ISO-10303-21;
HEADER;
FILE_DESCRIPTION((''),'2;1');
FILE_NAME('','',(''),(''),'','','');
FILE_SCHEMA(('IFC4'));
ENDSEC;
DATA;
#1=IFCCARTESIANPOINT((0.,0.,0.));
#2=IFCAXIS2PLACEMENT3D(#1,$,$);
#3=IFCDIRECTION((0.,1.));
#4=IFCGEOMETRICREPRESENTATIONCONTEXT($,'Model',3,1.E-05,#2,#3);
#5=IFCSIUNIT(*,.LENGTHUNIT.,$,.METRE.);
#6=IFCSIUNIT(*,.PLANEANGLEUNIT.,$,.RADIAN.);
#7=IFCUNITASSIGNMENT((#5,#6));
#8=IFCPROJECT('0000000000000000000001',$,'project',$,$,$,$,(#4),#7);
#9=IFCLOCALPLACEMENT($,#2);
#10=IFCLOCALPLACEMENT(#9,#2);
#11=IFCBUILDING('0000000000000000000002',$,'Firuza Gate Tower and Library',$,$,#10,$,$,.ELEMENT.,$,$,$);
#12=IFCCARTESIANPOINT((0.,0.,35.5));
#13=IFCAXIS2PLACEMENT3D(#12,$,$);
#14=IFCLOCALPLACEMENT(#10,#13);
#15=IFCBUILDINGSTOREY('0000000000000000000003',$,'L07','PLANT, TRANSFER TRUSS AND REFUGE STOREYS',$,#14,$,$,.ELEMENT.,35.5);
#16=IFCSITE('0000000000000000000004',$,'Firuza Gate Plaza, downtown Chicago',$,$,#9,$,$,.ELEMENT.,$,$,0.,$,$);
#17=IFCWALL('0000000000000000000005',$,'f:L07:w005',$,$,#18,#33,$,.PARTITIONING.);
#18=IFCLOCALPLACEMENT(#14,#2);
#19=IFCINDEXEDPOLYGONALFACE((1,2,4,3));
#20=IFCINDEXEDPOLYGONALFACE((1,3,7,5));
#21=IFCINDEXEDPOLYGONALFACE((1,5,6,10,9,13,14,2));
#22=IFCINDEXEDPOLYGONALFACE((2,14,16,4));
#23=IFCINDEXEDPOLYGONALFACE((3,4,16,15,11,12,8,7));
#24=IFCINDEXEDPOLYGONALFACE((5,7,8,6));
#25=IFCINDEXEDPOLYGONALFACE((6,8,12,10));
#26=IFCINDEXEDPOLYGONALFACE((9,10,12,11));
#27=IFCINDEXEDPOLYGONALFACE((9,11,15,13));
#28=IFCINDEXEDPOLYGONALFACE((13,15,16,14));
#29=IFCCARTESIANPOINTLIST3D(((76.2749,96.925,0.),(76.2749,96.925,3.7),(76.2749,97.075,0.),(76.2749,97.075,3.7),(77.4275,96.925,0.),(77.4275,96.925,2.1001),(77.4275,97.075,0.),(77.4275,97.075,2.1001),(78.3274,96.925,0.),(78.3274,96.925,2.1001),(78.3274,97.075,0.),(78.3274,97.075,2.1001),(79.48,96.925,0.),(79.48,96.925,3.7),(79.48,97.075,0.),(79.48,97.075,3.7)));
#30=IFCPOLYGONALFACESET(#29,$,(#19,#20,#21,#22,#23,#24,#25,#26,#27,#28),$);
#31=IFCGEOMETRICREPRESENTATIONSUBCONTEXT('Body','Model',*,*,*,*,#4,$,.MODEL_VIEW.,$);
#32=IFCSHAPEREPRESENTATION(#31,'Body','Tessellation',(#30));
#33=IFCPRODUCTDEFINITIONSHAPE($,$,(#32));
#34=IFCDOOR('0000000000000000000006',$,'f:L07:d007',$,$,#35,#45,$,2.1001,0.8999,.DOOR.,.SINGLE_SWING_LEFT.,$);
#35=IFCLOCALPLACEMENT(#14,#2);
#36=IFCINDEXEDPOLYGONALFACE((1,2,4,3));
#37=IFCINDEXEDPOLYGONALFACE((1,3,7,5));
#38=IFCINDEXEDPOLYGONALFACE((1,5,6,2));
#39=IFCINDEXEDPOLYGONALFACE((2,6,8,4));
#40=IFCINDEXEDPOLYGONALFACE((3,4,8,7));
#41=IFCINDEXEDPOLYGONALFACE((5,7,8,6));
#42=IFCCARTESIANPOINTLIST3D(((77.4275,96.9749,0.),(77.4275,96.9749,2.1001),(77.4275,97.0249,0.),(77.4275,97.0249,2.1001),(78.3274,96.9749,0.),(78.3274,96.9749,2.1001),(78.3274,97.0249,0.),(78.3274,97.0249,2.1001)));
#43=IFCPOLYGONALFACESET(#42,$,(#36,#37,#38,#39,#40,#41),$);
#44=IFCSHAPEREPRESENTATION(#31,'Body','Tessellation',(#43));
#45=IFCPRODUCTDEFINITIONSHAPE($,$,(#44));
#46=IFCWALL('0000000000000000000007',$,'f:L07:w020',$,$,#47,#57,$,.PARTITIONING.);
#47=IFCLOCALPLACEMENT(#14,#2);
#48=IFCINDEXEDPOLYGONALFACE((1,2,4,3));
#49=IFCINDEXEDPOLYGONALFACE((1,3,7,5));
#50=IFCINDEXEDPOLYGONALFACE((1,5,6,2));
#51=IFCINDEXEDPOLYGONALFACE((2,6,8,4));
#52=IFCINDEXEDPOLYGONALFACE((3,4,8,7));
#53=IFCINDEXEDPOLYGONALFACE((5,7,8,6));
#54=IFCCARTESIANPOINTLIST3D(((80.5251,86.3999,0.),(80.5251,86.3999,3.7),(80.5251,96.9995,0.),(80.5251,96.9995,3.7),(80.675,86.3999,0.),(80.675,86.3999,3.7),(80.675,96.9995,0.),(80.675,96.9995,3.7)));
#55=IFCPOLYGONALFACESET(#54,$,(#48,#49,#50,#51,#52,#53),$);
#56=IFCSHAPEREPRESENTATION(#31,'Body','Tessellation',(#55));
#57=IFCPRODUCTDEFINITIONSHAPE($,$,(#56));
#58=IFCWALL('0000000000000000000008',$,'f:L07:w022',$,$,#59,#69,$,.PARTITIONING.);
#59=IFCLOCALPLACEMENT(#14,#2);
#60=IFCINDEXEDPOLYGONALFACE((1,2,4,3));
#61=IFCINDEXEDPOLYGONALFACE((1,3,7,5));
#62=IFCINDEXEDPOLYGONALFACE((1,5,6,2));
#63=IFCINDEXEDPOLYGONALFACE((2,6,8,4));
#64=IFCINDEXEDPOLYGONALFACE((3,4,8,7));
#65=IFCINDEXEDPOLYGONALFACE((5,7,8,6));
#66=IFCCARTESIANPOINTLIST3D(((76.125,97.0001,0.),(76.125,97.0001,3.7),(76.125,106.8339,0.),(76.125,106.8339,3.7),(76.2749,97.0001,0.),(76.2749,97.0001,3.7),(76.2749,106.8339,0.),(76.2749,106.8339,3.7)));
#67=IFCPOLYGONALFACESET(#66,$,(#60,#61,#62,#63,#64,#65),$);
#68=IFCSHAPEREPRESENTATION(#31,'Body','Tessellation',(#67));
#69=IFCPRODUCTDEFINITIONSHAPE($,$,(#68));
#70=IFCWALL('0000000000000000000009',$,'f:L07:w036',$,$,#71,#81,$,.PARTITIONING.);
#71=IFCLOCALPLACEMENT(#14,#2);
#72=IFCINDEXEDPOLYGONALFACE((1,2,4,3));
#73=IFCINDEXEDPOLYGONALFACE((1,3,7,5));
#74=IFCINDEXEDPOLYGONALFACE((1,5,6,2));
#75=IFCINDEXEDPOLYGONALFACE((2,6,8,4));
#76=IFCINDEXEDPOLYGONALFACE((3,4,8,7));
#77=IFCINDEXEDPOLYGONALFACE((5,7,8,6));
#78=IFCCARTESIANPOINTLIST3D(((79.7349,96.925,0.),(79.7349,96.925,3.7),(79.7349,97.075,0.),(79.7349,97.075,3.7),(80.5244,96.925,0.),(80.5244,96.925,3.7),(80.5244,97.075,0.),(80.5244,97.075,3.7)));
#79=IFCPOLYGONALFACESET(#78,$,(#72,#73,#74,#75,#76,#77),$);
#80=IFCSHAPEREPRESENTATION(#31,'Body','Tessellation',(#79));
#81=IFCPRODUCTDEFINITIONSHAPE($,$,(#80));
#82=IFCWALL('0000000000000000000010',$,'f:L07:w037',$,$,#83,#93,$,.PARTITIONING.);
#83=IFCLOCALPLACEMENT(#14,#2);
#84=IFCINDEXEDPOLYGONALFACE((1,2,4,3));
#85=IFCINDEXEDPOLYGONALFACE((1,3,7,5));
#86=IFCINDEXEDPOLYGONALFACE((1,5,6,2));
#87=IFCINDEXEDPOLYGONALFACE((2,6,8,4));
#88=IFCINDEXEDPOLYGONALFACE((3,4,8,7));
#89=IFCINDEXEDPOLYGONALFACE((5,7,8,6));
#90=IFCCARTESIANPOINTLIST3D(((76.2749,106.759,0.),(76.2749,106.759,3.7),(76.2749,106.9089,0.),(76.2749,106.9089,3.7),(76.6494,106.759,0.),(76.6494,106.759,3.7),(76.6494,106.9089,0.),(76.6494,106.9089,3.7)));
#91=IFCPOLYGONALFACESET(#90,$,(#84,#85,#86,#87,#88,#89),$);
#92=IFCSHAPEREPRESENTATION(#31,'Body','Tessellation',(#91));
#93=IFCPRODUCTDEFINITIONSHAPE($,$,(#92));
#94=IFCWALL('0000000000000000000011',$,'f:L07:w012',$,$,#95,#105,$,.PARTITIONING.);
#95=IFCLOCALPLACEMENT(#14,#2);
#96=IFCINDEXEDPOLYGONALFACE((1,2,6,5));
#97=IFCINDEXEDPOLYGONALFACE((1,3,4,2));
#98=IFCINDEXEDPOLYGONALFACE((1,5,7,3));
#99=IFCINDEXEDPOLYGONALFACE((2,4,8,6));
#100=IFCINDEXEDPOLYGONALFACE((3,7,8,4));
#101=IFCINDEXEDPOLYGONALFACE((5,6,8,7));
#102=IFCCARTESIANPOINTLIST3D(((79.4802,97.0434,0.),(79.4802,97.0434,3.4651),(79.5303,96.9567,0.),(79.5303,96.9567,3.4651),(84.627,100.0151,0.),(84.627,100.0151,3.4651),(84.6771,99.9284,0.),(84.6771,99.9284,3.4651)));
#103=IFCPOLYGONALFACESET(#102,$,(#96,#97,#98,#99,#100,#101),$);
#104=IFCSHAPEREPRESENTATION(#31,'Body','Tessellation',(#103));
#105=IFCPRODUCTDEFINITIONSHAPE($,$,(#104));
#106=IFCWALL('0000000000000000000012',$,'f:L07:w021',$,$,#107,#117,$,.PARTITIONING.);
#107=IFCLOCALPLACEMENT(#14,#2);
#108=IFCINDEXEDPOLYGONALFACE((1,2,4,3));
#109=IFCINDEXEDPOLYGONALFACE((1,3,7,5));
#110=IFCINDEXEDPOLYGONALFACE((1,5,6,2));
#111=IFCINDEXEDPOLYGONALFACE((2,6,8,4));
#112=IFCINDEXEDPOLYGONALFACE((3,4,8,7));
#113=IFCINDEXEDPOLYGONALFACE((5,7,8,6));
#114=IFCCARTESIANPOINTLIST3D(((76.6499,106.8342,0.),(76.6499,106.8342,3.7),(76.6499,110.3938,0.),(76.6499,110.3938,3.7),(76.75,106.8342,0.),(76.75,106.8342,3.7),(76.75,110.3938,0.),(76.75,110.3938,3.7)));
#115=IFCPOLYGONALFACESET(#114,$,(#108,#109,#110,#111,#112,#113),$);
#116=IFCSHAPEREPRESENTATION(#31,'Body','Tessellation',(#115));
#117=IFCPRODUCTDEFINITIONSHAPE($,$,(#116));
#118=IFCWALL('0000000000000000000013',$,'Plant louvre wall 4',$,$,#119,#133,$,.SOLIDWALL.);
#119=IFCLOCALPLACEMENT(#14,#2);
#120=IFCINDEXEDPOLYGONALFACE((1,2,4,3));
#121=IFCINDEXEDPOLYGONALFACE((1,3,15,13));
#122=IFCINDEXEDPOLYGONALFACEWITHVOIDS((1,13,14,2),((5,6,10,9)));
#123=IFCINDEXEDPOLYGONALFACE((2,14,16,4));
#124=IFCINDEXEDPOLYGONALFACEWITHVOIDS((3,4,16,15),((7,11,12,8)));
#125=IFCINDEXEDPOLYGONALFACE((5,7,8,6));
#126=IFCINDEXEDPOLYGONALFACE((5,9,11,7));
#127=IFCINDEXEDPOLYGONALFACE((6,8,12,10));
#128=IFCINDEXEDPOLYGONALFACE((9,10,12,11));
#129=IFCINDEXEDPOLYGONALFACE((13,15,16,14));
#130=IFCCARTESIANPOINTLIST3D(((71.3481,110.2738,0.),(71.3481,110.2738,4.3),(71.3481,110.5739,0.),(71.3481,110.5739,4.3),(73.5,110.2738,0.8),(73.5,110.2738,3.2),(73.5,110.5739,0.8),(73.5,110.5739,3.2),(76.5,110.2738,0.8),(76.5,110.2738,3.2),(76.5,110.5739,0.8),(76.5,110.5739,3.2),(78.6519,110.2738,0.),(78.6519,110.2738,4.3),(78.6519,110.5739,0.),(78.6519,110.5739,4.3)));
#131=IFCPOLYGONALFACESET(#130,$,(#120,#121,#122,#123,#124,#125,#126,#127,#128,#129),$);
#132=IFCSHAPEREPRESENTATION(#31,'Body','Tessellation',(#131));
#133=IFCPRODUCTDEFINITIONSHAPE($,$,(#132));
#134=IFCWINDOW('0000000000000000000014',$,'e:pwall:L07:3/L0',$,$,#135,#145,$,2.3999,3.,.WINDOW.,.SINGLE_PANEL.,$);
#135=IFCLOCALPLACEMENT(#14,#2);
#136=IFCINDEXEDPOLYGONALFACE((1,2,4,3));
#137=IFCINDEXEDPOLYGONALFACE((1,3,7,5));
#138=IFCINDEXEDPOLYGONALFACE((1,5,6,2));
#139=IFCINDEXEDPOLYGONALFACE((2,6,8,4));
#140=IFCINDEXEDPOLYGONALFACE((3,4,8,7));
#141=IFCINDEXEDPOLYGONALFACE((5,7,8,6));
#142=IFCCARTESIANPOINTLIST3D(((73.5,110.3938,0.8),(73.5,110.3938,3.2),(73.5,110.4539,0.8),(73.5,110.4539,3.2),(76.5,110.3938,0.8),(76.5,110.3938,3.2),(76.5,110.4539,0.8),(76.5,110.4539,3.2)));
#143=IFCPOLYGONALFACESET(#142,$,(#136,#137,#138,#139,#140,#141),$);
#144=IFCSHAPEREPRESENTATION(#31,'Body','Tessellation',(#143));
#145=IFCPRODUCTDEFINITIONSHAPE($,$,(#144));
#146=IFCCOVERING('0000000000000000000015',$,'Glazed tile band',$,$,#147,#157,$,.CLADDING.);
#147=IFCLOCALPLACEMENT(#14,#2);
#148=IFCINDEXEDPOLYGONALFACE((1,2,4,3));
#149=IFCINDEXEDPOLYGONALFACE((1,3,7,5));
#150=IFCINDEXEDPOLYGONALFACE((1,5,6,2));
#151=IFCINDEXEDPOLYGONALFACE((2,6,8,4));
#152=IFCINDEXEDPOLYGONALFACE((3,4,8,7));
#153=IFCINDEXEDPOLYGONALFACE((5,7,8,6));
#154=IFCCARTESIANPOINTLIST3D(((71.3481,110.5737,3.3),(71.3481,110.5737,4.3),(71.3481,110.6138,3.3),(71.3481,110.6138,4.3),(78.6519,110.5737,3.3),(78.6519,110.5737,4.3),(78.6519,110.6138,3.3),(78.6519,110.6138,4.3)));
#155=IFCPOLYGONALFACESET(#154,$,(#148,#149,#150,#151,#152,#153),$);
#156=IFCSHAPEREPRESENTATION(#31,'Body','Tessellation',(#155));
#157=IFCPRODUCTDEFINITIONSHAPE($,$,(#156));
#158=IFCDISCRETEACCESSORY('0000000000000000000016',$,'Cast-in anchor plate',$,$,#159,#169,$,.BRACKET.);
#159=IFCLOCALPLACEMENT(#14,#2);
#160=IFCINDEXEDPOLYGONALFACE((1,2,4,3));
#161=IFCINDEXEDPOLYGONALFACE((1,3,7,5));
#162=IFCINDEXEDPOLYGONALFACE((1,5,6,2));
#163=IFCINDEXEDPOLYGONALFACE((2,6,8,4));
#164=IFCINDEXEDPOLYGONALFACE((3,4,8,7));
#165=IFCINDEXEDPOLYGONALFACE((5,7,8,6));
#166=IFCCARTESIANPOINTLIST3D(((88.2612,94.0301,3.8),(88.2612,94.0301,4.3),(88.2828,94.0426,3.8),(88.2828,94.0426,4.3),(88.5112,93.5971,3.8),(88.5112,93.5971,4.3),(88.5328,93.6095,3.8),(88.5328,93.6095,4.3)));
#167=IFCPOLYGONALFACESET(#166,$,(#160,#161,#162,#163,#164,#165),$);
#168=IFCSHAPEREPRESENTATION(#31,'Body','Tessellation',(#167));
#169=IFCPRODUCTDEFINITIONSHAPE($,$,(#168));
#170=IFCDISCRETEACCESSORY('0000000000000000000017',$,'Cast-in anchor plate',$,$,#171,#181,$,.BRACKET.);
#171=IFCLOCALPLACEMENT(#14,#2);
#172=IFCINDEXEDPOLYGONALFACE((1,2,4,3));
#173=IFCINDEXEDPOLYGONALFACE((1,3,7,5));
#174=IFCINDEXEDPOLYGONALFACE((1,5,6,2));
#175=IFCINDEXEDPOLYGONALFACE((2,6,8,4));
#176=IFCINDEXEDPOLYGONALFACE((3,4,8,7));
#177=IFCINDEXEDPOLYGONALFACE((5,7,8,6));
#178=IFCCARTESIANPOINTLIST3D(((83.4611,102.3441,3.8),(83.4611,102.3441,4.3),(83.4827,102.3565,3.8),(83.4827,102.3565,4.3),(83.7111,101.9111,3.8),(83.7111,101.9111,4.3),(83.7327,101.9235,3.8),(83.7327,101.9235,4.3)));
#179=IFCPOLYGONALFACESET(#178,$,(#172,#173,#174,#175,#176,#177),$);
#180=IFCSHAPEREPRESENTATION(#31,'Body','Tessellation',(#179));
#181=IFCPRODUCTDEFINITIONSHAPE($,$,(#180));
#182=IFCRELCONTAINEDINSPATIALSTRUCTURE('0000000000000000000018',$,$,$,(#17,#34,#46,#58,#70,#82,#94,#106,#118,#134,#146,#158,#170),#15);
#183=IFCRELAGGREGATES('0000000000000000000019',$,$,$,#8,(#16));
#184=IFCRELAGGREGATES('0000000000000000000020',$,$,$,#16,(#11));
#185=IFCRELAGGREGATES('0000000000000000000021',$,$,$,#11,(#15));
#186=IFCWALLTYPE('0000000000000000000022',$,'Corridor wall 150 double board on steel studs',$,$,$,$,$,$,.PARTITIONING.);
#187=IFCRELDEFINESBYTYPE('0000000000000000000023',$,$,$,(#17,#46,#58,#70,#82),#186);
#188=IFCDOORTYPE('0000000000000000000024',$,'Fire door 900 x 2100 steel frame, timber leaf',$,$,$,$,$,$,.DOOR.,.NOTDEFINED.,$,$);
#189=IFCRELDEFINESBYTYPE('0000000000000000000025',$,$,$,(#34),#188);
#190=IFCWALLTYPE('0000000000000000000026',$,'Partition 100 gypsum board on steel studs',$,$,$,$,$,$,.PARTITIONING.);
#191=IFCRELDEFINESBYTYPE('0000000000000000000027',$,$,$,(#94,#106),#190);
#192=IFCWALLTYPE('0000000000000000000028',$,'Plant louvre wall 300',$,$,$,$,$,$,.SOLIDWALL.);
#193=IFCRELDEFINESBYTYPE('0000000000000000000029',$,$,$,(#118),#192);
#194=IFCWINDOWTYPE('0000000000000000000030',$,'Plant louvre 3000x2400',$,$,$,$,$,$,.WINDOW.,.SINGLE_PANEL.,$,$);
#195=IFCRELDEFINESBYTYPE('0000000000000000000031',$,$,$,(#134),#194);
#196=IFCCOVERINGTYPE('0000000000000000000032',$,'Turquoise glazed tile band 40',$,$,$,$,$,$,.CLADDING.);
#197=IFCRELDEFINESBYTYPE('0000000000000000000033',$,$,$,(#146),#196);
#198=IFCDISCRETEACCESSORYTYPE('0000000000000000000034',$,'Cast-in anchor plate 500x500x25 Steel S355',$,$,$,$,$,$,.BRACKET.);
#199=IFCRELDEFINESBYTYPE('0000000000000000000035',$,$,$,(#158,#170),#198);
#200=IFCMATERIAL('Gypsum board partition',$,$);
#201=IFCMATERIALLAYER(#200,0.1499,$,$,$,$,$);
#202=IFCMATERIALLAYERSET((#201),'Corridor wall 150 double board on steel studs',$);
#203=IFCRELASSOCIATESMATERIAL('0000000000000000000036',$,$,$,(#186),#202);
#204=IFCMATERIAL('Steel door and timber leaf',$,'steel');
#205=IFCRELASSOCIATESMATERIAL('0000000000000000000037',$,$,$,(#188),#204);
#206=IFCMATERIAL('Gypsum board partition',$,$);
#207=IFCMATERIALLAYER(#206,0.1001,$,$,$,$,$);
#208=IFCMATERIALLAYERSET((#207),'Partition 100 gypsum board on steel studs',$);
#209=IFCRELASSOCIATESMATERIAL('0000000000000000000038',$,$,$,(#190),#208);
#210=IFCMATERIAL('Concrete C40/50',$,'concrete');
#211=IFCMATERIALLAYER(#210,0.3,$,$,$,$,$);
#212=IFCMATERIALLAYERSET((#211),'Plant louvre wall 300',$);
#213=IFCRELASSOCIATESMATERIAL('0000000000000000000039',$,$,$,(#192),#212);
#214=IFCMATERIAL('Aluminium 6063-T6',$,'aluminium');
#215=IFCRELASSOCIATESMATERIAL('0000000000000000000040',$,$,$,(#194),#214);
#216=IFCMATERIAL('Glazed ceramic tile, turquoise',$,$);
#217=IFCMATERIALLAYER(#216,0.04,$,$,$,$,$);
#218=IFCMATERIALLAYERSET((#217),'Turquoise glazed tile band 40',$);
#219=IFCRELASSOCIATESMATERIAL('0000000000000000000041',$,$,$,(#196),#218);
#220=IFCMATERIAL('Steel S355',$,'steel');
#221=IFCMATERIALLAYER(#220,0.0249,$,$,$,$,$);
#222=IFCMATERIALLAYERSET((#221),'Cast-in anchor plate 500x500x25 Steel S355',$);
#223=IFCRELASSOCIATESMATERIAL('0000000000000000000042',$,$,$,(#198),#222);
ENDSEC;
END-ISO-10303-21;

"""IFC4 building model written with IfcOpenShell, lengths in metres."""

from ifc_helpers import new_model, si_unit, direction, frame, frame_2d, origin, origin_2d, place, context, subcontext, project, spatial, polyline, rectangle, outline, extrude, material, layer, layer_set, type_object, element, fill, save


model = new_model("IFC4")

# Units and contexts
model_context = context("Model", 3, precision=1e-05, world=origin(), true_north=direction((0.0, 1.0)))
body_context = subcontext(model_context, "Body", "Model", "MODEL_VIEW")
ifc_project = project(units=[si_unit("LENGTHUNIT", "METRE"), si_unit("PLANEANGLEUNIT", "RADIAN")], contexts=[model_context])

# Site, building, storey
site_placement = place(None, origin())
site = spatial("IfcSite", under=ifc_project, at=site_placement, Name="Firuza Gate Plaza, downtown Chicago", CompositionType="ELEMENT", RefElevation=0.0)
building_placement = place(site_placement, origin())
building = spatial("IfcBuilding", under=site, at=building_placement, Name="Firuza Gate Tower and Library", CompositionType="ELEMENT")
storey_placement = place(building_placement, frame((0.0, 0.0, 35.5)))
storey = spatial("IfcBuildingStorey", under=building, at=storey_placement, Name="L07", Description="PLANT, TRANSFER TRUSS AND REFUGE STOREYS", CompositionType="ELEMENT", Elevation=35.5)

# Wall, opening, door
ifc_material_1 = material(Name="Gypsum board partition")
ifc_layer_1 = layer(ifc_material_1, 0.1499)
ifc_layer_set_1 = layer_set([ifc_layer_1], Name="Corridor wall 150 double board on steel studs")
wall_type_1 = type_object("IfcWallType", Name="Corridor wall 150 double board on steel studs", PredefinedType="PARTITIONING", material=ifc_layer_set_1)
ifc_material_2 = material(Name="Steel door and timber leaf", Category="steel")
door_type_1 = type_object("IfcDoorType", Name="Fire door 900 x 2100 steel frame, timber leaf", OperationType="NOTDEFINED", PredefinedType="DOOR", material=ifc_material_2)
wall_1_placement = place(storey_placement, frame((76.2749, 97.0, 0.0), z_axis=(0.0, 0.0, 1.0), x_axis=(1.0, 0.0, 0.0)))
wall_1 = element("IfcWall", 1, at=wall_1_placement, inside=storey, type_object=wall_type_1, Name="f:L07:w005", PredefinedType="PARTITIONING", context=body_context, shape_type="SweptSolid", body=[
    extrude(rectangle(XDim=3.2051, YDim=0.1499, at=frame_2d((1.6025, 0.0))), origin(), (0.0, 0.0, 1.0), 3.7),
])
opening_1_placement = place(wall_1_placement, frame((1.1526, 0.0, 0.0)))
opening_1 = element("IfcOpeningElement", 2, at=opening_1_placement, cuts=wall_1, PredefinedType="OPENING", context=body_context, shape_type="SweptSolid", body=[
    extrude(rectangle(XDim=0.8999, YDim=2.1001, at=frame_2d((0.45, 1.05))), frame((0.0, 0.085, 0.0), z_axis=(0.0, -1.0, 0.0), x_axis=(1.0, 0.0, 0.0)), (0.0, 0.0, 1.0), 0.1699),
])
door_1_placement = place(opening_1_placement, origin())
door_1 = element("IfcDoor", 3, at=door_1_placement, inside=storey, type_object=door_type_1, Name="f:L07:d007", OperationType="SINGLE_SWING_LEFT", OverallHeight=2.1001, OverallWidth=0.8999, PredefinedType="DOOR", context=body_context, shape_type="SweptSolid", body=[
    extrude(rectangle(XDim=0.8999, YDim=2.1001, at=frame_2d((0.45, 1.05))), frame((0.0, 0.0249, 0.0), z_axis=(0.0, -1.0, 0.0), x_axis=(1.0, 0.0, 0.0)), (0.0, 0.0, 1.0), 0.05),
])
fill(opening_1, door_1)

# Walls
wall_2_placement = place(storey_placement, frame((80.6001, 86.3999, 0.0), z_axis=(0.0, 0.0, 1.0), x_axis=(0.0, 1.0, 0.0)))
element("IfcWall", 4, at=wall_2_placement, inside=storey, type_object=wall_type_1, Name="f:L07:w020", PredefinedType="PARTITIONING", context=body_context, shape_type="SweptSolid", body=[
    extrude(rectangle(XDim=10.5996, YDim=0.1499, at=frame_2d((5.2998, 0.0))), origin(), (0.0, 0.0, 1.0), 3.7),
])
wall_3_placement = place(storey_placement, frame((76.2, 97.0, 0.0), z_axis=(0.0, 0.0, 1.0), x_axis=(0.0, 1.0, 0.0)))
element("IfcWall", 5, at=wall_3_placement, inside=storey, type_object=wall_type_1, Name="f:L07:w022", PredefinedType="PARTITIONING", context=body_context, shape_type="SweptSolid", body=[
    extrude(rectangle(XDim=9.8337, YDim=0.1499, at=frame_2d((4.917, 0.0))), origin(), (0.0, 0.0, 1.0), 3.7),
])
wall_4_placement = place(storey_placement, frame((79.7349, 97.0, 0.0), z_axis=(0.0, 0.0, 1.0), x_axis=(1.0, 0.0, 0.0)))
element("IfcWall", 6, at=wall_4_placement, inside=storey, type_object=wall_type_1, Name="f:L07:w036", PredefinedType="PARTITIONING", context=body_context, shape_type="SweptSolid", body=[
    extrude(rectangle(XDim=0.7896, YDim=0.1499, at=frame_2d((0.3948, 0.0))), origin(), (0.0, 0.0, 1.0), 3.7),
])
wall_5_placement = place(storey_placement, frame((76.2749, 106.834, 0.0), z_axis=(0.0, 0.0, 1.0), x_axis=(1.0, 0.0, 0.0)))
element("IfcWall", 7, at=wall_5_placement, inside=storey, type_object=wall_type_1, Name="f:L07:w037", PredefinedType="PARTITIONING", context=body_context, shape_type="SweptSolid", body=[
    extrude(rectangle(XDim=0.3745, YDim=0.1499, at=frame_2d((0.1873, 0.0))), origin(), (0.0, 0.0, 1.0), 3.7),
])
ifc_material_3 = material(Name="Gypsum board partition")
ifc_layer_2 = layer(ifc_material_3, 0.1001)
ifc_layer_set_2 = layer_set([ifc_layer_2], Name="Partition 100 gypsum board on steel studs")
wall_type_2 = type_object("IfcWallType", Name="Partition 100 gypsum board on steel studs", PredefinedType="PARTITIONING", material=ifc_layer_set_2)
wall_6_placement = place(storey_placement, frame((79.5051, 97.0, 0.0), z_axis=(0.0, 0.0, 1.0), x_axis=(0.86601, 0.500027, 0.0)))
element("IfcWall", 8, at=wall_6_placement, inside=storey, type_object=wall_type_2, Name="f:L07:w012", PredefinedType="PARTITIONING", context=body_context, shape_type="SweptSolid", body=[
    extrude(rectangle(XDim=5.9431, YDim=0.1001, at=frame_2d((2.9717, 0.0))), origin(), (0.0, 0.0, 1.0), 3.4651),
])
wall_7_placement = place(storey_placement, frame((76.7, 106.8342, 0.0), z_axis=(0.0, 0.0, 1.0), x_axis=(0.0, 1.0, 0.0)))
element("IfcWall", 9, at=wall_7_placement, inside=storey, type_object=wall_type_2, Name="f:L07:w021", PredefinedType="PARTITIONING", context=body_context, shape_type="SweptSolid", body=[
    extrude(rectangle(XDim=3.5596, YDim=0.1001, at=frame_2d((1.7798, 0.0))), origin(), (0.0, 0.0, 1.0), 3.7),
])

# Wall, opening, window
ifc_material_4 = material(Name="Concrete C40/50", Category="concrete")
ifc_layer_3 = layer(ifc_material_4, 0.3)
ifc_layer_set_3 = layer_set([ifc_layer_3], Name="Plant louvre wall 300")
wall_type_3 = type_object("IfcWallType", Name="Plant louvre wall 300", PredefinedType="SOLIDWALL", material=ifc_layer_set_3)
wall_8_placement = place(storey_placement, frame((78.6519, 110.4238, 0.0), z_axis=(0.0, 0.0, 1.0), x_axis=(-1.0, 0.0, 0.0)))
wall_8 = element("IfcWall", 10, at=wall_8_placement, inside=storey, type_object=wall_type_3, Name="Plant louvre wall 4", PredefinedType="SOLIDWALL", context=body_context, shape_type="SweptSolid", body=[
    extrude(rectangle(XDim=7.3037, YDim=0.3, at=frame_2d((3.6519, 0.0))), origin(), (0.0, 0.0, 1.0), 4.3),
])
opening_2_placement = place(wall_8_placement, frame((2.1519, 0.0, 0.8)))
opening_2 = element("IfcOpeningElement", 11, at=opening_2_placement, cuts=wall_8, PredefinedType="OPENING", context=body_context, shape_type="SweptSolid", body=[
    extrude(rectangle(XDim=3.0, YDim=2.3999, at=frame_2d((1.5, 1.2))), frame((0.0, 0.1602, 0.0), z_axis=(0.0, -1.0, 0.0), x_axis=(1.0, 0.0, 0.0)), (0.0, 0.0, 1.0), 0.3201),
])
ifc_material_5 = material(Name="Aluminium 6063-T6", Category="aluminium")
window_type = type_object("IfcWindowType", Name="Plant louvre 3000x2400", PartitioningType="SINGLE_PANEL", PredefinedType="WINDOW", material=ifc_material_5)
window_placement = place(opening_2_placement, origin())
window = element("IfcWindow", 12, at=window_placement, inside=storey, type_object=window_type, Name="e:pwall:L07:3/L0", OverallHeight=2.3999, OverallWidth=3.0, PartitioningType="SINGLE_PANEL", PredefinedType="WINDOW", context=body_context, shape_type="SweptSolid", body=[
    extrude(rectangle(XDim=3.0, YDim=2.3999, at=frame_2d((1.5, 1.2))), frame((0.0, 0.03, 0.0), z_axis=(0.0, -1.0, 0.0), x_axis=(1.0, 0.0, 0.0)), (0.0, 0.0, 1.0), 0.0601),
])
fill(opening_2, window)

# Covering
ifc_material_6 = material(Name="Glazed ceramic tile, turquoise")
ifc_layer_4 = layer(ifc_material_6, 0.04)
ifc_layer_set_4 = layer_set([ifc_layer_4], Name="Turquoise glazed tile band 40")
covering_type = type_object("IfcCoveringType", Name="Turquoise glazed tile band 40", PredefinedType="CLADDING", material=ifc_layer_set_4)
covering_placement = place(storey_placement, frame((78.6519, 110.6138, 3.3), z_axis=(0.0, 1.0, 0.0), x_axis=(-1.0, 0.0, 0.0)))
element("IfcCovering", 13, at=covering_placement, inside=storey, type_object=covering_type, Name="Glazed tile band", PredefinedType="CLADDING", context=body_context, shape_type="SweptSolid", body=[
    extrude(outline(polyline([(0.0, 0.0), (7.3037, 0.0), (7.3037, 1.0), (0.0, 1.0), (0.0, 0.0)])), origin(), (0.0, 0.0, -1.0), 0.04),
])

# Discrete accessories
ifc_material_7 = material(Name="Steel S355", Category="steel")
ifc_layer_5 = layer(ifc_material_7, 0.0249)
ifc_layer_set_5 = layer_set([ifc_layer_5], Name="Cast-in anchor plate 500x500x25 Steel S355")
discrete_accessory_type = type_object("IfcDiscreteAccessoryType", Name="Cast-in anchor plate 500x500x25 Steel S355", PredefinedType="BRACKET", material=ifc_layer_set_5)
for number, where, z_axis, x_axis, name in (
    (14, (88.397, 93.8198, 3.8), (0.0, 0.0, 1.0), (-0.5, 0.866025, 0.0), "Cast-in anchor plate"),
    (15, (83.5969, 102.1338, 3.8), (0.0, 0.0, 1.0), (-0.5, 0.866025, 0.0), "Cast-in anchor plate"),
):
    element("IfcDiscreteAccessory", number, at=place(storey_placement, frame(where, z_axis=z_axis, x_axis=x_axis)), inside=storey, type_object=discrete_accessory_type, Name=name, PredefinedType="BRACKET", context=body_context, shape_type="SweptSolid", body=[
        extrude(rectangle(XDim=0.5, YDim=0.0249, at=origin_2d()), origin(), (0.0, 0.0, 1.0), 0.5),
    ])

save(model, "model.ifc")
